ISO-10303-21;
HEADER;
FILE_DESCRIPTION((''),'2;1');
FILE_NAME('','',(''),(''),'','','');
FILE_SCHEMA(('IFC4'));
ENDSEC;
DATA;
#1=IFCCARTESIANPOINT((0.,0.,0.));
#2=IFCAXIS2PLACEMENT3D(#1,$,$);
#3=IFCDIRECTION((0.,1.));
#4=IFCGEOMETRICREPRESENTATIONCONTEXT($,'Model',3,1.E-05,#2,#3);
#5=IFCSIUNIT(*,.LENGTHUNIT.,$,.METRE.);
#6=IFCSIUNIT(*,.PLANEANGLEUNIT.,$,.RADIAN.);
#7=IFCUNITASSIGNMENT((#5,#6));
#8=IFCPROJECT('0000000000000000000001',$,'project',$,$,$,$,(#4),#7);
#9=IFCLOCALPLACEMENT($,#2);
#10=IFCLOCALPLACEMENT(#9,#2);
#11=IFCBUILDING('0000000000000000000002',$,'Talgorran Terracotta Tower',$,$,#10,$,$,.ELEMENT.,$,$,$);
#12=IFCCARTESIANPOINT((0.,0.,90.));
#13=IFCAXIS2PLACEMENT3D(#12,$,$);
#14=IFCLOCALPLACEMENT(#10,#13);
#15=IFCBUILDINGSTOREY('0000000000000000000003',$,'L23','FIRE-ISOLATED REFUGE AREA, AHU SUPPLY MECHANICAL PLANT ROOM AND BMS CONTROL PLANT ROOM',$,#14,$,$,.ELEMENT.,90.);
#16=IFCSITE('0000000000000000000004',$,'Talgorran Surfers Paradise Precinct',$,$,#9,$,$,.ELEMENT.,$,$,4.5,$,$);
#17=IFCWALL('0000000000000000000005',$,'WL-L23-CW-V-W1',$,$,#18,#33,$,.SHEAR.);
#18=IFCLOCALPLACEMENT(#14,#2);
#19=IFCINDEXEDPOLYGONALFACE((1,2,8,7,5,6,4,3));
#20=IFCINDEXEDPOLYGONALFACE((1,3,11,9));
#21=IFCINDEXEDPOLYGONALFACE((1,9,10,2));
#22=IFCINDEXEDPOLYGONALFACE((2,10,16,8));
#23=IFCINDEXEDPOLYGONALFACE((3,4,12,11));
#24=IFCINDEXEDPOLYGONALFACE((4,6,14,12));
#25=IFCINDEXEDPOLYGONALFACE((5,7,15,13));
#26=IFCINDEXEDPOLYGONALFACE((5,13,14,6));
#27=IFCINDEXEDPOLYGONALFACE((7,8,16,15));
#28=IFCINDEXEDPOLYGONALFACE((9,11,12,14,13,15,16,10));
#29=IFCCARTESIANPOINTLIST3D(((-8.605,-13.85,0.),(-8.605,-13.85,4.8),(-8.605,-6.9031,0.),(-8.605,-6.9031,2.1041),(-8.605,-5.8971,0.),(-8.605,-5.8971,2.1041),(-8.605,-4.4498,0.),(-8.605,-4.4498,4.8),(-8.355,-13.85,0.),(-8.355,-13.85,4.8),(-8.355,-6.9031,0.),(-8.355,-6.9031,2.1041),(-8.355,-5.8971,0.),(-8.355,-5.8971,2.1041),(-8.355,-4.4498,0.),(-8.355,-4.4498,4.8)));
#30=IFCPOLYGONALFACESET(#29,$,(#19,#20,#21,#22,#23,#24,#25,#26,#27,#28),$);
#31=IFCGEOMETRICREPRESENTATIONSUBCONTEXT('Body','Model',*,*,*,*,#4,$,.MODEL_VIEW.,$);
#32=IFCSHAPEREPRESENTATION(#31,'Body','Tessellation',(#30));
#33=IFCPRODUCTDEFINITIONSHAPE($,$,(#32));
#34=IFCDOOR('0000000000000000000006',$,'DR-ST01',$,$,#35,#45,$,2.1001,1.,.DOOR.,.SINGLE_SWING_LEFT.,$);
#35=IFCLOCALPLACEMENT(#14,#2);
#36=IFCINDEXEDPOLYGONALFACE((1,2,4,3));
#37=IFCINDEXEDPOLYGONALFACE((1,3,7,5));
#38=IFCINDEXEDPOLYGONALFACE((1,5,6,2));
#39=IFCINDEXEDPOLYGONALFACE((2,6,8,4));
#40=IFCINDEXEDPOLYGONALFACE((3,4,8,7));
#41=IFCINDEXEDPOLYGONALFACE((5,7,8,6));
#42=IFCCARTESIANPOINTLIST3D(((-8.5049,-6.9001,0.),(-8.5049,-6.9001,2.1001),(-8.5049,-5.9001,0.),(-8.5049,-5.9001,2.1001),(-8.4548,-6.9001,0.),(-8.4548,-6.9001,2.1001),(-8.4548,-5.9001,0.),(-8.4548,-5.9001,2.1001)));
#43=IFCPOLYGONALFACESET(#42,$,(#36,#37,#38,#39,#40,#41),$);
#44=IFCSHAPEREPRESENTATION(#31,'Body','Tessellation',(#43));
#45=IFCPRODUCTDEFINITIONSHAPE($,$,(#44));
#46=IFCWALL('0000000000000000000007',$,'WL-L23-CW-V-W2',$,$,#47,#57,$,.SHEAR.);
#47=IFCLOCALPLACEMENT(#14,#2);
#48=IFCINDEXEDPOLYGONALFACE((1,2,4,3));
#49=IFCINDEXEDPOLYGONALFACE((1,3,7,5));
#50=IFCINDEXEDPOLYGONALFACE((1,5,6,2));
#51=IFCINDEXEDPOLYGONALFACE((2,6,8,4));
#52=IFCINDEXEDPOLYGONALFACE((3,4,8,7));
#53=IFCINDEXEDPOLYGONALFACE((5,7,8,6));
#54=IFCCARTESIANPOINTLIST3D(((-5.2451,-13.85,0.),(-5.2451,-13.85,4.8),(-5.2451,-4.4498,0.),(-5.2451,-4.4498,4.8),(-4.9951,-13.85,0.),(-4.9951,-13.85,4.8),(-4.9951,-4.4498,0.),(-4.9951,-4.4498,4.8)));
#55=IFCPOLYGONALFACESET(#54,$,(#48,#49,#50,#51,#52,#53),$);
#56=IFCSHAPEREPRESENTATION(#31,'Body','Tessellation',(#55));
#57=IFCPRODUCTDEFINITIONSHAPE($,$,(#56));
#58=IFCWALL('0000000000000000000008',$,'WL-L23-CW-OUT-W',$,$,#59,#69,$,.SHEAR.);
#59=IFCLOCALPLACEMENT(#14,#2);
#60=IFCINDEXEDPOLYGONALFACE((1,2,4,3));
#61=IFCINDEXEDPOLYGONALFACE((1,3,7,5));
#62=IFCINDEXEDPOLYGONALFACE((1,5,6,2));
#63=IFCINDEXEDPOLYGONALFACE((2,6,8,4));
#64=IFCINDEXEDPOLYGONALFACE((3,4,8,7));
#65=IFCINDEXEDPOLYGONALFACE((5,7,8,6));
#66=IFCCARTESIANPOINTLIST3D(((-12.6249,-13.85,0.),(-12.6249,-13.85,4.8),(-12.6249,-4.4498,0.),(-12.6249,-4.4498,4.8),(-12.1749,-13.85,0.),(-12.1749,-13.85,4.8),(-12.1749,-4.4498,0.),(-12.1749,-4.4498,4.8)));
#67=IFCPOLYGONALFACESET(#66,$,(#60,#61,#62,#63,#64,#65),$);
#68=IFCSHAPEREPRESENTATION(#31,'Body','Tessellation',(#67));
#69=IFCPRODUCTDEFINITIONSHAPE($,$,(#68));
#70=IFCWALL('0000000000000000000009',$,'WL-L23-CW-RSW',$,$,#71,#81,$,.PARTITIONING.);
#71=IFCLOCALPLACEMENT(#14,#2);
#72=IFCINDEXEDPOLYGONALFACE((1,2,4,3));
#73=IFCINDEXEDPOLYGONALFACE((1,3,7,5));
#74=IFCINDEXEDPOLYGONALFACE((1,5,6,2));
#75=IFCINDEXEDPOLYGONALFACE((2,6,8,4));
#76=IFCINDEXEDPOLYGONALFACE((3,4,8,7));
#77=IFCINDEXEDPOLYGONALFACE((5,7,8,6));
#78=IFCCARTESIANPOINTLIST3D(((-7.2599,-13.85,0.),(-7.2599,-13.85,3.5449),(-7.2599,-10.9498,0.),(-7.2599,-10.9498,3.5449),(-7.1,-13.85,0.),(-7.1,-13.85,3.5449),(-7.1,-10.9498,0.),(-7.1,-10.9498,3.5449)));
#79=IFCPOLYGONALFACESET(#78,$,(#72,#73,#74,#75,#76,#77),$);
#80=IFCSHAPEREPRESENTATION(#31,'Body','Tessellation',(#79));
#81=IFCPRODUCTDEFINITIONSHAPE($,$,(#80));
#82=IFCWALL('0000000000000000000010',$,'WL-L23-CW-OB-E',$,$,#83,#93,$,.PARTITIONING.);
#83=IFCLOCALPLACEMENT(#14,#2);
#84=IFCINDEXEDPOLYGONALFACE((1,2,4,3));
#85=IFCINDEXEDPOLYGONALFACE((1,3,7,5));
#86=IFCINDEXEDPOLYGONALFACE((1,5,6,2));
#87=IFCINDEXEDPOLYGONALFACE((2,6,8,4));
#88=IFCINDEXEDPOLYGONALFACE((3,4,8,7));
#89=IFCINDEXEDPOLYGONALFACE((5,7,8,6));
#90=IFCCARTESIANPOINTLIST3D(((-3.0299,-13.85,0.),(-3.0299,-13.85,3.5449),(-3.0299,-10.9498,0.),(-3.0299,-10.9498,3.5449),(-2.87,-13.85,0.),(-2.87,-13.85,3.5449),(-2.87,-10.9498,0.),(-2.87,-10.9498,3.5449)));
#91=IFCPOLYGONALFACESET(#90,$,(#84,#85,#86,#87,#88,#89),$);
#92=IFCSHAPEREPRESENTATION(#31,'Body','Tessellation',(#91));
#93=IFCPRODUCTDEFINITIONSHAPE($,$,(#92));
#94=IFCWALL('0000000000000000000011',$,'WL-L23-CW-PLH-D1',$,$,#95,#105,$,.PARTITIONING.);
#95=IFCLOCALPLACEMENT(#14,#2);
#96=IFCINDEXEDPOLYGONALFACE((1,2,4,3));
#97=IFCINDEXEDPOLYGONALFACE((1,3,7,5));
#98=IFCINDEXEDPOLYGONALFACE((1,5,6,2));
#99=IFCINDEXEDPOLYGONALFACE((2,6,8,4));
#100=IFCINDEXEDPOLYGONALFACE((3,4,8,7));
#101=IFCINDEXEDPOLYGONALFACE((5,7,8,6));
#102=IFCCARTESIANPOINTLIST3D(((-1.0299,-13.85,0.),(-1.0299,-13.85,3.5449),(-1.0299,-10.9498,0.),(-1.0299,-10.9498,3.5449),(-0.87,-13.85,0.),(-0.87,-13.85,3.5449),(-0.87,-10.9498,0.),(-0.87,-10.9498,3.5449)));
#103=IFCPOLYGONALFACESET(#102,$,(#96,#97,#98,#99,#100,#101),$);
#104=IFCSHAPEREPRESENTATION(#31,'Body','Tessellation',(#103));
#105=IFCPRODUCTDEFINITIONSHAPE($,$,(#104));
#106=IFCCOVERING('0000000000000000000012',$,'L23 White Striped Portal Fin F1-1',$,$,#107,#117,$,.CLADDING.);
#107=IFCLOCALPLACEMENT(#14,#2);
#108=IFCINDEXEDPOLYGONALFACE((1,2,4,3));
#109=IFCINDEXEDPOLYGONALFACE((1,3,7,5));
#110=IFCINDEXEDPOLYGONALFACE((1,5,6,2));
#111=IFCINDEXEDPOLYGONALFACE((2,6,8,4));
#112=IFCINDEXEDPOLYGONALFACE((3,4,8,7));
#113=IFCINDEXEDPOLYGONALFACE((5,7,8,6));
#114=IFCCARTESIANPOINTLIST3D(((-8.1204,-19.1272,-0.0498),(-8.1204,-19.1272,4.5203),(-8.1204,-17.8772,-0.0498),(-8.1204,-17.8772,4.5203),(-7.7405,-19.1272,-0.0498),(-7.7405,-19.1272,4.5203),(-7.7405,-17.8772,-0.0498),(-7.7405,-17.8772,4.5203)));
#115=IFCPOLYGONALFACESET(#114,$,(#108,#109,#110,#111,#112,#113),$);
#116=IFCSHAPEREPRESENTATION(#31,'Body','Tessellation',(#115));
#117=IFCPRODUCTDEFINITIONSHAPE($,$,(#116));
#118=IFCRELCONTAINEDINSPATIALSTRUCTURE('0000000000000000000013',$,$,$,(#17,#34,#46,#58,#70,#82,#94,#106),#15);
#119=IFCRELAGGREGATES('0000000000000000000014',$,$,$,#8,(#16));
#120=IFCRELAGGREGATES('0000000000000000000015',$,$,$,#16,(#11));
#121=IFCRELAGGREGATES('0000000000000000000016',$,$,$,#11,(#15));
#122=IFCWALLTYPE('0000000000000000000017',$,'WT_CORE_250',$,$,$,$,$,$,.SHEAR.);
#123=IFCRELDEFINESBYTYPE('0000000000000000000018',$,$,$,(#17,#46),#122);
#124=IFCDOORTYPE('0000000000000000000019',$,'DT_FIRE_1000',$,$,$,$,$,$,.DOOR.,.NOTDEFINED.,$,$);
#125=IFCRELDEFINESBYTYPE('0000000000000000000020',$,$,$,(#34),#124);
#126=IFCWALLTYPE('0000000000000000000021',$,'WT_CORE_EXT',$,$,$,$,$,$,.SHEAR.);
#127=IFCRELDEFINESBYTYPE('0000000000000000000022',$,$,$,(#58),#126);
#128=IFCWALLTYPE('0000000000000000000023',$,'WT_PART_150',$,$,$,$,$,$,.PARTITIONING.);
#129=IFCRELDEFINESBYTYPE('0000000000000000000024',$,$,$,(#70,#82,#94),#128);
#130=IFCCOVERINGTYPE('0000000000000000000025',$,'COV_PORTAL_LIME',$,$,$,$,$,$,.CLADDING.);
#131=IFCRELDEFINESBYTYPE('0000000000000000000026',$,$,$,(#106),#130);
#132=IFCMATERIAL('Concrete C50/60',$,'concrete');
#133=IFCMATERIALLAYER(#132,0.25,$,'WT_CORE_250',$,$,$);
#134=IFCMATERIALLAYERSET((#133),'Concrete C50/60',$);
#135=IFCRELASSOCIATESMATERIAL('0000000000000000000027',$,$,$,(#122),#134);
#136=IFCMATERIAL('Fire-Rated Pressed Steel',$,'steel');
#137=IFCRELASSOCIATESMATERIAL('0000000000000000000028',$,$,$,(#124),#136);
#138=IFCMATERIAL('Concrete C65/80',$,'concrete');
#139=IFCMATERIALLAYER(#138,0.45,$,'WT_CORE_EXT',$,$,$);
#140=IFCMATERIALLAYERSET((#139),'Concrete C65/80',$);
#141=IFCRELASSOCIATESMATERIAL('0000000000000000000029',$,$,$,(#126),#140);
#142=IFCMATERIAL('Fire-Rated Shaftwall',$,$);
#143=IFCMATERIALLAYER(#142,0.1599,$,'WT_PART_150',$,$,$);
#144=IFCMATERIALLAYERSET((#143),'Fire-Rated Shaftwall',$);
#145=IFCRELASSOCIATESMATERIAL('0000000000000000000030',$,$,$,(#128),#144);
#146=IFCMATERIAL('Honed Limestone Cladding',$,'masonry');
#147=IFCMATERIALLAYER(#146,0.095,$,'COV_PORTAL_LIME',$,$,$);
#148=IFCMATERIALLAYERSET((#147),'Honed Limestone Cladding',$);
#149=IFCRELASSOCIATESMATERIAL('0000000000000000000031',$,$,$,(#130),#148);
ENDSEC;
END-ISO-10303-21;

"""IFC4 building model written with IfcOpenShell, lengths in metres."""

from ifc_helpers import new_model, si_unit, direction, frame, frame_2d, origin, origin_2d, place, context, subcontext, project, spatial, rectangle, extrude, material, layer, layer_set, type_object, element, fill, save


model = new_model("IFC4")

# Units and contexts
model_context = context("Model", 3, precision=1e-05, world=origin(), true_north=direction((0.0, 1.0)))
body_context = subcontext(model_context, "Body", "Model", "MODEL_VIEW")
ifc_project = project(units=[si_unit("LENGTHUNIT", "METRE"), si_unit("PLANEANGLEUNIT", "RADIAN")], contexts=[model_context])

# Site, building, storey
site_placement = place(None, origin())
site = spatial("IfcSite", under=ifc_project, at=site_placement, Name="Talgorran Surfers Paradise Precinct", CompositionType="ELEMENT", RefElevation=4.5)
building_placement = place(site_placement, origin())
building = spatial("IfcBuilding", under=site, at=building_placement, Name="Talgorran Terracotta Tower", CompositionType="ELEMENT")
storey_placement = place(building_placement, frame((0.0, 0.0, 90.0)))
storey = spatial("IfcBuildingStorey", under=building, at=storey_placement, Name="L23", Description="FIRE-ISOLATED REFUGE AREA, AHU SUPPLY MECHANICAL PLANT ROOM AND BMS CONTROL PLANT ROOM", CompositionType="ELEMENT", Elevation=90.0)

# Wall, opening, door
ifc_material_1 = material(Name="Concrete C50/60", Category="concrete")
ifc_layer_1 = layer(ifc_material_1, 0.25, Name="WT_CORE_250")
ifc_layer_set_1 = layer_set([ifc_layer_1], Name="Concrete C50/60")
wall_type_1 = type_object("IfcWallType", Name="WT_CORE_250", PredefinedType="SHEAR", material=ifc_layer_set_1)
wall_1_placement = place(storey_placement, frame((-8.48, -13.8501, 0.0), z_axis=(0.0, 0.0, 1.0), x_axis=(0.0, 1.0, 0.0)))
wall_1 = element("IfcWall", 1, at=wall_1_placement, inside=storey, type_object=wall_type_1, Name="WL-L23-CW-V-W1", PredefinedType="SHEAR", context=body_context, shape_type="SweptSolid", body=[
    extrude(rectangle(XDim=9.4001, YDim=0.25, at=frame_2d((4.7002, 0.0))), origin(), (0.0, 0.0, 1.0), 4.8),
])
opening_placement = place(wall_1_placement, frame((6.95, 0.0, 0.0)))
opening = element("IfcOpeningElement", 2, at=opening_placement, cuts=wall_1, PredefinedType="OPENING", context=body_context, shape_type="SweptSolid", body=[
    extrude(rectangle(XDim=1.006, YDim=2.1041, at=frame_2d((0.5, 1.052))), frame((0.0, 0.135, 0.0), z_axis=(0.0, -1.0, 0.0), x_axis=(1.0, 0.0, 0.0)), (0.0, 0.0, 1.0), 0.27),
])
ifc_material_2 = material(Name="Fire-Rated Pressed Steel", Category="steel")
door_type = type_object("IfcDoorType", Name="DT_FIRE_1000", OperationType="NOTDEFINED", PredefinedType="DOOR", material=ifc_material_2)
door_placement = place(opening_placement, origin())
door = element("IfcDoor", 3, at=door_placement, inside=storey, type_object=door_type, Name="DR-ST01", OperationType="SINGLE_SWING_LEFT", OverallHeight=2.1001, OverallWidth=1.0, PredefinedType="DOOR", context=body_context, shape_type="SweptSolid", body=[
    extrude(rectangle(XDim=1.0, YDim=2.1001, at=frame_2d((0.5, 1.05))), frame((0.0, 0.0249, 0.0), z_axis=(0.0, -1.0, 0.0), x_axis=(1.0, 0.0, 0.0)), (0.0, 0.0, 1.0), 0.05),
])
fill(opening, door)

# Walls
wall_2_placement = place(storey_placement, frame((-5.1201, -13.8501, 0.0), z_axis=(0.0, 0.0, 1.0), x_axis=(0.0, 1.0, 0.0)))
element("IfcWall", 4, at=wall_2_placement, inside=storey, type_object=wall_type_1, Name="WL-L23-CW-V-W2", PredefinedType="SHEAR", context=body_context, shape_type="SweptSolid", body=[
    extrude(rectangle(XDim=9.4001, YDim=0.25, at=frame_2d((4.7002, 0.0))), origin(), (0.0, 0.0, 1.0), 4.8),
])
ifc_material_3 = material(Name="Concrete C65/80", Category="concrete")
ifc_layer_2 = layer(ifc_material_3, 0.45, Name="WT_CORE_EXT")
ifc_layer_set_2 = layer_set([ifc_layer_2], Name="Concrete C65/80")
wall_type_2 = type_object("IfcWallType", Name="WT_CORE_EXT", PredefinedType="SHEAR", material=ifc_layer_set_2)
wall_3_placement = place(storey_placement, frame((-12.3999, -13.8501, 0.0), z_axis=(0.0, 0.0, 1.0), x_axis=(0.0, 1.0, 0.0)))
element("IfcWall", 5, at=wall_3_placement, inside=storey, type_object=wall_type_2, Name="WL-L23-CW-OUT-W", PredefinedType="SHEAR", context=body_context, shape_type="SweptSolid", body=[
    extrude(rectangle(XDim=9.4001, YDim=0.45, at=frame_2d((4.7002, 0.0))), origin(), (0.0, 0.0, 1.0), 4.8),
])
ifc_material_4 = material(Name="Fire-Rated Shaftwall")
ifc_layer_3 = layer(ifc_material_4, 0.1599, Name="WT_PART_150")
ifc_layer_set_3 = layer_set([ifc_layer_3], Name="Fire-Rated Shaftwall")
wall_type_3 = type_object("IfcWallType", Name="WT_PART_150", PredefinedType="PARTITIONING", material=ifc_layer_set_3)
for number, where, z_axis, x_axis, name in (
    (6, (-7.1799, -13.8501, 0.0), (0.0, 0.0, 1.0), (0.0, 1.0, 0.0), "WL-L23-CW-RSW"),
    (7, (-2.95, -13.8501, 0.0), (0.0, 0.0, 1.0), (0.0, 1.0, 0.0), "WL-L23-CW-OB-E"),
    (8, (-0.95, -13.8501, 0.0), (0.0, 0.0, 1.0), (0.0, 1.0, 0.0), "WL-L23-CW-PLH-D1"),
):
    element("IfcWall", number, at=place(storey_placement, frame(where, z_axis=z_axis, x_axis=x_axis)), inside=storey, type_object=wall_type_3, Name=name, PredefinedType="PARTITIONING", context=body_context, shape_type="SweptSolid", body=[
        extrude(rectangle(XDim=2.9001, YDim=0.1599, at=frame_2d((1.4502, 0.0))), origin(), (0.0, 0.0, 1.0), 3.5449),
    ])

# Covering
ifc_material_5 = material(Name="Honed Limestone Cladding", Category="masonry")
ifc_layer_4 = layer(ifc_material_5, 0.095, Name="COV_PORTAL_LIME")
ifc_layer_set_4 = layer_set([ifc_layer_4], Name="Honed Limestone Cladding")
covering_type = type_object("IfcCoveringType", Name="COV_PORTAL_LIME", PredefinedType="CLADDING", material=ifc_layer_set_4)
covering_placement = place(storey_placement, frame((-7.9304, -18.5022, -0.0498), z_axis=(0.0, 0.0, 1.0), x_axis=(1.0, 0.0, 0.0)))
element("IfcCovering", 9, at=covering_placement, inside=storey, type_object=covering_type, Name="L23 White Striped Portal Fin F1-1", PredefinedType="CLADDING", context=body_context, shape_type="SweptSolid", body=[
    extrude(rectangle(XDim=0.3799, YDim=1.25, at=origin_2d()), origin(), (0.0, 0.0, 1.0), 4.5701),
])

save(model, "model.ifc")
